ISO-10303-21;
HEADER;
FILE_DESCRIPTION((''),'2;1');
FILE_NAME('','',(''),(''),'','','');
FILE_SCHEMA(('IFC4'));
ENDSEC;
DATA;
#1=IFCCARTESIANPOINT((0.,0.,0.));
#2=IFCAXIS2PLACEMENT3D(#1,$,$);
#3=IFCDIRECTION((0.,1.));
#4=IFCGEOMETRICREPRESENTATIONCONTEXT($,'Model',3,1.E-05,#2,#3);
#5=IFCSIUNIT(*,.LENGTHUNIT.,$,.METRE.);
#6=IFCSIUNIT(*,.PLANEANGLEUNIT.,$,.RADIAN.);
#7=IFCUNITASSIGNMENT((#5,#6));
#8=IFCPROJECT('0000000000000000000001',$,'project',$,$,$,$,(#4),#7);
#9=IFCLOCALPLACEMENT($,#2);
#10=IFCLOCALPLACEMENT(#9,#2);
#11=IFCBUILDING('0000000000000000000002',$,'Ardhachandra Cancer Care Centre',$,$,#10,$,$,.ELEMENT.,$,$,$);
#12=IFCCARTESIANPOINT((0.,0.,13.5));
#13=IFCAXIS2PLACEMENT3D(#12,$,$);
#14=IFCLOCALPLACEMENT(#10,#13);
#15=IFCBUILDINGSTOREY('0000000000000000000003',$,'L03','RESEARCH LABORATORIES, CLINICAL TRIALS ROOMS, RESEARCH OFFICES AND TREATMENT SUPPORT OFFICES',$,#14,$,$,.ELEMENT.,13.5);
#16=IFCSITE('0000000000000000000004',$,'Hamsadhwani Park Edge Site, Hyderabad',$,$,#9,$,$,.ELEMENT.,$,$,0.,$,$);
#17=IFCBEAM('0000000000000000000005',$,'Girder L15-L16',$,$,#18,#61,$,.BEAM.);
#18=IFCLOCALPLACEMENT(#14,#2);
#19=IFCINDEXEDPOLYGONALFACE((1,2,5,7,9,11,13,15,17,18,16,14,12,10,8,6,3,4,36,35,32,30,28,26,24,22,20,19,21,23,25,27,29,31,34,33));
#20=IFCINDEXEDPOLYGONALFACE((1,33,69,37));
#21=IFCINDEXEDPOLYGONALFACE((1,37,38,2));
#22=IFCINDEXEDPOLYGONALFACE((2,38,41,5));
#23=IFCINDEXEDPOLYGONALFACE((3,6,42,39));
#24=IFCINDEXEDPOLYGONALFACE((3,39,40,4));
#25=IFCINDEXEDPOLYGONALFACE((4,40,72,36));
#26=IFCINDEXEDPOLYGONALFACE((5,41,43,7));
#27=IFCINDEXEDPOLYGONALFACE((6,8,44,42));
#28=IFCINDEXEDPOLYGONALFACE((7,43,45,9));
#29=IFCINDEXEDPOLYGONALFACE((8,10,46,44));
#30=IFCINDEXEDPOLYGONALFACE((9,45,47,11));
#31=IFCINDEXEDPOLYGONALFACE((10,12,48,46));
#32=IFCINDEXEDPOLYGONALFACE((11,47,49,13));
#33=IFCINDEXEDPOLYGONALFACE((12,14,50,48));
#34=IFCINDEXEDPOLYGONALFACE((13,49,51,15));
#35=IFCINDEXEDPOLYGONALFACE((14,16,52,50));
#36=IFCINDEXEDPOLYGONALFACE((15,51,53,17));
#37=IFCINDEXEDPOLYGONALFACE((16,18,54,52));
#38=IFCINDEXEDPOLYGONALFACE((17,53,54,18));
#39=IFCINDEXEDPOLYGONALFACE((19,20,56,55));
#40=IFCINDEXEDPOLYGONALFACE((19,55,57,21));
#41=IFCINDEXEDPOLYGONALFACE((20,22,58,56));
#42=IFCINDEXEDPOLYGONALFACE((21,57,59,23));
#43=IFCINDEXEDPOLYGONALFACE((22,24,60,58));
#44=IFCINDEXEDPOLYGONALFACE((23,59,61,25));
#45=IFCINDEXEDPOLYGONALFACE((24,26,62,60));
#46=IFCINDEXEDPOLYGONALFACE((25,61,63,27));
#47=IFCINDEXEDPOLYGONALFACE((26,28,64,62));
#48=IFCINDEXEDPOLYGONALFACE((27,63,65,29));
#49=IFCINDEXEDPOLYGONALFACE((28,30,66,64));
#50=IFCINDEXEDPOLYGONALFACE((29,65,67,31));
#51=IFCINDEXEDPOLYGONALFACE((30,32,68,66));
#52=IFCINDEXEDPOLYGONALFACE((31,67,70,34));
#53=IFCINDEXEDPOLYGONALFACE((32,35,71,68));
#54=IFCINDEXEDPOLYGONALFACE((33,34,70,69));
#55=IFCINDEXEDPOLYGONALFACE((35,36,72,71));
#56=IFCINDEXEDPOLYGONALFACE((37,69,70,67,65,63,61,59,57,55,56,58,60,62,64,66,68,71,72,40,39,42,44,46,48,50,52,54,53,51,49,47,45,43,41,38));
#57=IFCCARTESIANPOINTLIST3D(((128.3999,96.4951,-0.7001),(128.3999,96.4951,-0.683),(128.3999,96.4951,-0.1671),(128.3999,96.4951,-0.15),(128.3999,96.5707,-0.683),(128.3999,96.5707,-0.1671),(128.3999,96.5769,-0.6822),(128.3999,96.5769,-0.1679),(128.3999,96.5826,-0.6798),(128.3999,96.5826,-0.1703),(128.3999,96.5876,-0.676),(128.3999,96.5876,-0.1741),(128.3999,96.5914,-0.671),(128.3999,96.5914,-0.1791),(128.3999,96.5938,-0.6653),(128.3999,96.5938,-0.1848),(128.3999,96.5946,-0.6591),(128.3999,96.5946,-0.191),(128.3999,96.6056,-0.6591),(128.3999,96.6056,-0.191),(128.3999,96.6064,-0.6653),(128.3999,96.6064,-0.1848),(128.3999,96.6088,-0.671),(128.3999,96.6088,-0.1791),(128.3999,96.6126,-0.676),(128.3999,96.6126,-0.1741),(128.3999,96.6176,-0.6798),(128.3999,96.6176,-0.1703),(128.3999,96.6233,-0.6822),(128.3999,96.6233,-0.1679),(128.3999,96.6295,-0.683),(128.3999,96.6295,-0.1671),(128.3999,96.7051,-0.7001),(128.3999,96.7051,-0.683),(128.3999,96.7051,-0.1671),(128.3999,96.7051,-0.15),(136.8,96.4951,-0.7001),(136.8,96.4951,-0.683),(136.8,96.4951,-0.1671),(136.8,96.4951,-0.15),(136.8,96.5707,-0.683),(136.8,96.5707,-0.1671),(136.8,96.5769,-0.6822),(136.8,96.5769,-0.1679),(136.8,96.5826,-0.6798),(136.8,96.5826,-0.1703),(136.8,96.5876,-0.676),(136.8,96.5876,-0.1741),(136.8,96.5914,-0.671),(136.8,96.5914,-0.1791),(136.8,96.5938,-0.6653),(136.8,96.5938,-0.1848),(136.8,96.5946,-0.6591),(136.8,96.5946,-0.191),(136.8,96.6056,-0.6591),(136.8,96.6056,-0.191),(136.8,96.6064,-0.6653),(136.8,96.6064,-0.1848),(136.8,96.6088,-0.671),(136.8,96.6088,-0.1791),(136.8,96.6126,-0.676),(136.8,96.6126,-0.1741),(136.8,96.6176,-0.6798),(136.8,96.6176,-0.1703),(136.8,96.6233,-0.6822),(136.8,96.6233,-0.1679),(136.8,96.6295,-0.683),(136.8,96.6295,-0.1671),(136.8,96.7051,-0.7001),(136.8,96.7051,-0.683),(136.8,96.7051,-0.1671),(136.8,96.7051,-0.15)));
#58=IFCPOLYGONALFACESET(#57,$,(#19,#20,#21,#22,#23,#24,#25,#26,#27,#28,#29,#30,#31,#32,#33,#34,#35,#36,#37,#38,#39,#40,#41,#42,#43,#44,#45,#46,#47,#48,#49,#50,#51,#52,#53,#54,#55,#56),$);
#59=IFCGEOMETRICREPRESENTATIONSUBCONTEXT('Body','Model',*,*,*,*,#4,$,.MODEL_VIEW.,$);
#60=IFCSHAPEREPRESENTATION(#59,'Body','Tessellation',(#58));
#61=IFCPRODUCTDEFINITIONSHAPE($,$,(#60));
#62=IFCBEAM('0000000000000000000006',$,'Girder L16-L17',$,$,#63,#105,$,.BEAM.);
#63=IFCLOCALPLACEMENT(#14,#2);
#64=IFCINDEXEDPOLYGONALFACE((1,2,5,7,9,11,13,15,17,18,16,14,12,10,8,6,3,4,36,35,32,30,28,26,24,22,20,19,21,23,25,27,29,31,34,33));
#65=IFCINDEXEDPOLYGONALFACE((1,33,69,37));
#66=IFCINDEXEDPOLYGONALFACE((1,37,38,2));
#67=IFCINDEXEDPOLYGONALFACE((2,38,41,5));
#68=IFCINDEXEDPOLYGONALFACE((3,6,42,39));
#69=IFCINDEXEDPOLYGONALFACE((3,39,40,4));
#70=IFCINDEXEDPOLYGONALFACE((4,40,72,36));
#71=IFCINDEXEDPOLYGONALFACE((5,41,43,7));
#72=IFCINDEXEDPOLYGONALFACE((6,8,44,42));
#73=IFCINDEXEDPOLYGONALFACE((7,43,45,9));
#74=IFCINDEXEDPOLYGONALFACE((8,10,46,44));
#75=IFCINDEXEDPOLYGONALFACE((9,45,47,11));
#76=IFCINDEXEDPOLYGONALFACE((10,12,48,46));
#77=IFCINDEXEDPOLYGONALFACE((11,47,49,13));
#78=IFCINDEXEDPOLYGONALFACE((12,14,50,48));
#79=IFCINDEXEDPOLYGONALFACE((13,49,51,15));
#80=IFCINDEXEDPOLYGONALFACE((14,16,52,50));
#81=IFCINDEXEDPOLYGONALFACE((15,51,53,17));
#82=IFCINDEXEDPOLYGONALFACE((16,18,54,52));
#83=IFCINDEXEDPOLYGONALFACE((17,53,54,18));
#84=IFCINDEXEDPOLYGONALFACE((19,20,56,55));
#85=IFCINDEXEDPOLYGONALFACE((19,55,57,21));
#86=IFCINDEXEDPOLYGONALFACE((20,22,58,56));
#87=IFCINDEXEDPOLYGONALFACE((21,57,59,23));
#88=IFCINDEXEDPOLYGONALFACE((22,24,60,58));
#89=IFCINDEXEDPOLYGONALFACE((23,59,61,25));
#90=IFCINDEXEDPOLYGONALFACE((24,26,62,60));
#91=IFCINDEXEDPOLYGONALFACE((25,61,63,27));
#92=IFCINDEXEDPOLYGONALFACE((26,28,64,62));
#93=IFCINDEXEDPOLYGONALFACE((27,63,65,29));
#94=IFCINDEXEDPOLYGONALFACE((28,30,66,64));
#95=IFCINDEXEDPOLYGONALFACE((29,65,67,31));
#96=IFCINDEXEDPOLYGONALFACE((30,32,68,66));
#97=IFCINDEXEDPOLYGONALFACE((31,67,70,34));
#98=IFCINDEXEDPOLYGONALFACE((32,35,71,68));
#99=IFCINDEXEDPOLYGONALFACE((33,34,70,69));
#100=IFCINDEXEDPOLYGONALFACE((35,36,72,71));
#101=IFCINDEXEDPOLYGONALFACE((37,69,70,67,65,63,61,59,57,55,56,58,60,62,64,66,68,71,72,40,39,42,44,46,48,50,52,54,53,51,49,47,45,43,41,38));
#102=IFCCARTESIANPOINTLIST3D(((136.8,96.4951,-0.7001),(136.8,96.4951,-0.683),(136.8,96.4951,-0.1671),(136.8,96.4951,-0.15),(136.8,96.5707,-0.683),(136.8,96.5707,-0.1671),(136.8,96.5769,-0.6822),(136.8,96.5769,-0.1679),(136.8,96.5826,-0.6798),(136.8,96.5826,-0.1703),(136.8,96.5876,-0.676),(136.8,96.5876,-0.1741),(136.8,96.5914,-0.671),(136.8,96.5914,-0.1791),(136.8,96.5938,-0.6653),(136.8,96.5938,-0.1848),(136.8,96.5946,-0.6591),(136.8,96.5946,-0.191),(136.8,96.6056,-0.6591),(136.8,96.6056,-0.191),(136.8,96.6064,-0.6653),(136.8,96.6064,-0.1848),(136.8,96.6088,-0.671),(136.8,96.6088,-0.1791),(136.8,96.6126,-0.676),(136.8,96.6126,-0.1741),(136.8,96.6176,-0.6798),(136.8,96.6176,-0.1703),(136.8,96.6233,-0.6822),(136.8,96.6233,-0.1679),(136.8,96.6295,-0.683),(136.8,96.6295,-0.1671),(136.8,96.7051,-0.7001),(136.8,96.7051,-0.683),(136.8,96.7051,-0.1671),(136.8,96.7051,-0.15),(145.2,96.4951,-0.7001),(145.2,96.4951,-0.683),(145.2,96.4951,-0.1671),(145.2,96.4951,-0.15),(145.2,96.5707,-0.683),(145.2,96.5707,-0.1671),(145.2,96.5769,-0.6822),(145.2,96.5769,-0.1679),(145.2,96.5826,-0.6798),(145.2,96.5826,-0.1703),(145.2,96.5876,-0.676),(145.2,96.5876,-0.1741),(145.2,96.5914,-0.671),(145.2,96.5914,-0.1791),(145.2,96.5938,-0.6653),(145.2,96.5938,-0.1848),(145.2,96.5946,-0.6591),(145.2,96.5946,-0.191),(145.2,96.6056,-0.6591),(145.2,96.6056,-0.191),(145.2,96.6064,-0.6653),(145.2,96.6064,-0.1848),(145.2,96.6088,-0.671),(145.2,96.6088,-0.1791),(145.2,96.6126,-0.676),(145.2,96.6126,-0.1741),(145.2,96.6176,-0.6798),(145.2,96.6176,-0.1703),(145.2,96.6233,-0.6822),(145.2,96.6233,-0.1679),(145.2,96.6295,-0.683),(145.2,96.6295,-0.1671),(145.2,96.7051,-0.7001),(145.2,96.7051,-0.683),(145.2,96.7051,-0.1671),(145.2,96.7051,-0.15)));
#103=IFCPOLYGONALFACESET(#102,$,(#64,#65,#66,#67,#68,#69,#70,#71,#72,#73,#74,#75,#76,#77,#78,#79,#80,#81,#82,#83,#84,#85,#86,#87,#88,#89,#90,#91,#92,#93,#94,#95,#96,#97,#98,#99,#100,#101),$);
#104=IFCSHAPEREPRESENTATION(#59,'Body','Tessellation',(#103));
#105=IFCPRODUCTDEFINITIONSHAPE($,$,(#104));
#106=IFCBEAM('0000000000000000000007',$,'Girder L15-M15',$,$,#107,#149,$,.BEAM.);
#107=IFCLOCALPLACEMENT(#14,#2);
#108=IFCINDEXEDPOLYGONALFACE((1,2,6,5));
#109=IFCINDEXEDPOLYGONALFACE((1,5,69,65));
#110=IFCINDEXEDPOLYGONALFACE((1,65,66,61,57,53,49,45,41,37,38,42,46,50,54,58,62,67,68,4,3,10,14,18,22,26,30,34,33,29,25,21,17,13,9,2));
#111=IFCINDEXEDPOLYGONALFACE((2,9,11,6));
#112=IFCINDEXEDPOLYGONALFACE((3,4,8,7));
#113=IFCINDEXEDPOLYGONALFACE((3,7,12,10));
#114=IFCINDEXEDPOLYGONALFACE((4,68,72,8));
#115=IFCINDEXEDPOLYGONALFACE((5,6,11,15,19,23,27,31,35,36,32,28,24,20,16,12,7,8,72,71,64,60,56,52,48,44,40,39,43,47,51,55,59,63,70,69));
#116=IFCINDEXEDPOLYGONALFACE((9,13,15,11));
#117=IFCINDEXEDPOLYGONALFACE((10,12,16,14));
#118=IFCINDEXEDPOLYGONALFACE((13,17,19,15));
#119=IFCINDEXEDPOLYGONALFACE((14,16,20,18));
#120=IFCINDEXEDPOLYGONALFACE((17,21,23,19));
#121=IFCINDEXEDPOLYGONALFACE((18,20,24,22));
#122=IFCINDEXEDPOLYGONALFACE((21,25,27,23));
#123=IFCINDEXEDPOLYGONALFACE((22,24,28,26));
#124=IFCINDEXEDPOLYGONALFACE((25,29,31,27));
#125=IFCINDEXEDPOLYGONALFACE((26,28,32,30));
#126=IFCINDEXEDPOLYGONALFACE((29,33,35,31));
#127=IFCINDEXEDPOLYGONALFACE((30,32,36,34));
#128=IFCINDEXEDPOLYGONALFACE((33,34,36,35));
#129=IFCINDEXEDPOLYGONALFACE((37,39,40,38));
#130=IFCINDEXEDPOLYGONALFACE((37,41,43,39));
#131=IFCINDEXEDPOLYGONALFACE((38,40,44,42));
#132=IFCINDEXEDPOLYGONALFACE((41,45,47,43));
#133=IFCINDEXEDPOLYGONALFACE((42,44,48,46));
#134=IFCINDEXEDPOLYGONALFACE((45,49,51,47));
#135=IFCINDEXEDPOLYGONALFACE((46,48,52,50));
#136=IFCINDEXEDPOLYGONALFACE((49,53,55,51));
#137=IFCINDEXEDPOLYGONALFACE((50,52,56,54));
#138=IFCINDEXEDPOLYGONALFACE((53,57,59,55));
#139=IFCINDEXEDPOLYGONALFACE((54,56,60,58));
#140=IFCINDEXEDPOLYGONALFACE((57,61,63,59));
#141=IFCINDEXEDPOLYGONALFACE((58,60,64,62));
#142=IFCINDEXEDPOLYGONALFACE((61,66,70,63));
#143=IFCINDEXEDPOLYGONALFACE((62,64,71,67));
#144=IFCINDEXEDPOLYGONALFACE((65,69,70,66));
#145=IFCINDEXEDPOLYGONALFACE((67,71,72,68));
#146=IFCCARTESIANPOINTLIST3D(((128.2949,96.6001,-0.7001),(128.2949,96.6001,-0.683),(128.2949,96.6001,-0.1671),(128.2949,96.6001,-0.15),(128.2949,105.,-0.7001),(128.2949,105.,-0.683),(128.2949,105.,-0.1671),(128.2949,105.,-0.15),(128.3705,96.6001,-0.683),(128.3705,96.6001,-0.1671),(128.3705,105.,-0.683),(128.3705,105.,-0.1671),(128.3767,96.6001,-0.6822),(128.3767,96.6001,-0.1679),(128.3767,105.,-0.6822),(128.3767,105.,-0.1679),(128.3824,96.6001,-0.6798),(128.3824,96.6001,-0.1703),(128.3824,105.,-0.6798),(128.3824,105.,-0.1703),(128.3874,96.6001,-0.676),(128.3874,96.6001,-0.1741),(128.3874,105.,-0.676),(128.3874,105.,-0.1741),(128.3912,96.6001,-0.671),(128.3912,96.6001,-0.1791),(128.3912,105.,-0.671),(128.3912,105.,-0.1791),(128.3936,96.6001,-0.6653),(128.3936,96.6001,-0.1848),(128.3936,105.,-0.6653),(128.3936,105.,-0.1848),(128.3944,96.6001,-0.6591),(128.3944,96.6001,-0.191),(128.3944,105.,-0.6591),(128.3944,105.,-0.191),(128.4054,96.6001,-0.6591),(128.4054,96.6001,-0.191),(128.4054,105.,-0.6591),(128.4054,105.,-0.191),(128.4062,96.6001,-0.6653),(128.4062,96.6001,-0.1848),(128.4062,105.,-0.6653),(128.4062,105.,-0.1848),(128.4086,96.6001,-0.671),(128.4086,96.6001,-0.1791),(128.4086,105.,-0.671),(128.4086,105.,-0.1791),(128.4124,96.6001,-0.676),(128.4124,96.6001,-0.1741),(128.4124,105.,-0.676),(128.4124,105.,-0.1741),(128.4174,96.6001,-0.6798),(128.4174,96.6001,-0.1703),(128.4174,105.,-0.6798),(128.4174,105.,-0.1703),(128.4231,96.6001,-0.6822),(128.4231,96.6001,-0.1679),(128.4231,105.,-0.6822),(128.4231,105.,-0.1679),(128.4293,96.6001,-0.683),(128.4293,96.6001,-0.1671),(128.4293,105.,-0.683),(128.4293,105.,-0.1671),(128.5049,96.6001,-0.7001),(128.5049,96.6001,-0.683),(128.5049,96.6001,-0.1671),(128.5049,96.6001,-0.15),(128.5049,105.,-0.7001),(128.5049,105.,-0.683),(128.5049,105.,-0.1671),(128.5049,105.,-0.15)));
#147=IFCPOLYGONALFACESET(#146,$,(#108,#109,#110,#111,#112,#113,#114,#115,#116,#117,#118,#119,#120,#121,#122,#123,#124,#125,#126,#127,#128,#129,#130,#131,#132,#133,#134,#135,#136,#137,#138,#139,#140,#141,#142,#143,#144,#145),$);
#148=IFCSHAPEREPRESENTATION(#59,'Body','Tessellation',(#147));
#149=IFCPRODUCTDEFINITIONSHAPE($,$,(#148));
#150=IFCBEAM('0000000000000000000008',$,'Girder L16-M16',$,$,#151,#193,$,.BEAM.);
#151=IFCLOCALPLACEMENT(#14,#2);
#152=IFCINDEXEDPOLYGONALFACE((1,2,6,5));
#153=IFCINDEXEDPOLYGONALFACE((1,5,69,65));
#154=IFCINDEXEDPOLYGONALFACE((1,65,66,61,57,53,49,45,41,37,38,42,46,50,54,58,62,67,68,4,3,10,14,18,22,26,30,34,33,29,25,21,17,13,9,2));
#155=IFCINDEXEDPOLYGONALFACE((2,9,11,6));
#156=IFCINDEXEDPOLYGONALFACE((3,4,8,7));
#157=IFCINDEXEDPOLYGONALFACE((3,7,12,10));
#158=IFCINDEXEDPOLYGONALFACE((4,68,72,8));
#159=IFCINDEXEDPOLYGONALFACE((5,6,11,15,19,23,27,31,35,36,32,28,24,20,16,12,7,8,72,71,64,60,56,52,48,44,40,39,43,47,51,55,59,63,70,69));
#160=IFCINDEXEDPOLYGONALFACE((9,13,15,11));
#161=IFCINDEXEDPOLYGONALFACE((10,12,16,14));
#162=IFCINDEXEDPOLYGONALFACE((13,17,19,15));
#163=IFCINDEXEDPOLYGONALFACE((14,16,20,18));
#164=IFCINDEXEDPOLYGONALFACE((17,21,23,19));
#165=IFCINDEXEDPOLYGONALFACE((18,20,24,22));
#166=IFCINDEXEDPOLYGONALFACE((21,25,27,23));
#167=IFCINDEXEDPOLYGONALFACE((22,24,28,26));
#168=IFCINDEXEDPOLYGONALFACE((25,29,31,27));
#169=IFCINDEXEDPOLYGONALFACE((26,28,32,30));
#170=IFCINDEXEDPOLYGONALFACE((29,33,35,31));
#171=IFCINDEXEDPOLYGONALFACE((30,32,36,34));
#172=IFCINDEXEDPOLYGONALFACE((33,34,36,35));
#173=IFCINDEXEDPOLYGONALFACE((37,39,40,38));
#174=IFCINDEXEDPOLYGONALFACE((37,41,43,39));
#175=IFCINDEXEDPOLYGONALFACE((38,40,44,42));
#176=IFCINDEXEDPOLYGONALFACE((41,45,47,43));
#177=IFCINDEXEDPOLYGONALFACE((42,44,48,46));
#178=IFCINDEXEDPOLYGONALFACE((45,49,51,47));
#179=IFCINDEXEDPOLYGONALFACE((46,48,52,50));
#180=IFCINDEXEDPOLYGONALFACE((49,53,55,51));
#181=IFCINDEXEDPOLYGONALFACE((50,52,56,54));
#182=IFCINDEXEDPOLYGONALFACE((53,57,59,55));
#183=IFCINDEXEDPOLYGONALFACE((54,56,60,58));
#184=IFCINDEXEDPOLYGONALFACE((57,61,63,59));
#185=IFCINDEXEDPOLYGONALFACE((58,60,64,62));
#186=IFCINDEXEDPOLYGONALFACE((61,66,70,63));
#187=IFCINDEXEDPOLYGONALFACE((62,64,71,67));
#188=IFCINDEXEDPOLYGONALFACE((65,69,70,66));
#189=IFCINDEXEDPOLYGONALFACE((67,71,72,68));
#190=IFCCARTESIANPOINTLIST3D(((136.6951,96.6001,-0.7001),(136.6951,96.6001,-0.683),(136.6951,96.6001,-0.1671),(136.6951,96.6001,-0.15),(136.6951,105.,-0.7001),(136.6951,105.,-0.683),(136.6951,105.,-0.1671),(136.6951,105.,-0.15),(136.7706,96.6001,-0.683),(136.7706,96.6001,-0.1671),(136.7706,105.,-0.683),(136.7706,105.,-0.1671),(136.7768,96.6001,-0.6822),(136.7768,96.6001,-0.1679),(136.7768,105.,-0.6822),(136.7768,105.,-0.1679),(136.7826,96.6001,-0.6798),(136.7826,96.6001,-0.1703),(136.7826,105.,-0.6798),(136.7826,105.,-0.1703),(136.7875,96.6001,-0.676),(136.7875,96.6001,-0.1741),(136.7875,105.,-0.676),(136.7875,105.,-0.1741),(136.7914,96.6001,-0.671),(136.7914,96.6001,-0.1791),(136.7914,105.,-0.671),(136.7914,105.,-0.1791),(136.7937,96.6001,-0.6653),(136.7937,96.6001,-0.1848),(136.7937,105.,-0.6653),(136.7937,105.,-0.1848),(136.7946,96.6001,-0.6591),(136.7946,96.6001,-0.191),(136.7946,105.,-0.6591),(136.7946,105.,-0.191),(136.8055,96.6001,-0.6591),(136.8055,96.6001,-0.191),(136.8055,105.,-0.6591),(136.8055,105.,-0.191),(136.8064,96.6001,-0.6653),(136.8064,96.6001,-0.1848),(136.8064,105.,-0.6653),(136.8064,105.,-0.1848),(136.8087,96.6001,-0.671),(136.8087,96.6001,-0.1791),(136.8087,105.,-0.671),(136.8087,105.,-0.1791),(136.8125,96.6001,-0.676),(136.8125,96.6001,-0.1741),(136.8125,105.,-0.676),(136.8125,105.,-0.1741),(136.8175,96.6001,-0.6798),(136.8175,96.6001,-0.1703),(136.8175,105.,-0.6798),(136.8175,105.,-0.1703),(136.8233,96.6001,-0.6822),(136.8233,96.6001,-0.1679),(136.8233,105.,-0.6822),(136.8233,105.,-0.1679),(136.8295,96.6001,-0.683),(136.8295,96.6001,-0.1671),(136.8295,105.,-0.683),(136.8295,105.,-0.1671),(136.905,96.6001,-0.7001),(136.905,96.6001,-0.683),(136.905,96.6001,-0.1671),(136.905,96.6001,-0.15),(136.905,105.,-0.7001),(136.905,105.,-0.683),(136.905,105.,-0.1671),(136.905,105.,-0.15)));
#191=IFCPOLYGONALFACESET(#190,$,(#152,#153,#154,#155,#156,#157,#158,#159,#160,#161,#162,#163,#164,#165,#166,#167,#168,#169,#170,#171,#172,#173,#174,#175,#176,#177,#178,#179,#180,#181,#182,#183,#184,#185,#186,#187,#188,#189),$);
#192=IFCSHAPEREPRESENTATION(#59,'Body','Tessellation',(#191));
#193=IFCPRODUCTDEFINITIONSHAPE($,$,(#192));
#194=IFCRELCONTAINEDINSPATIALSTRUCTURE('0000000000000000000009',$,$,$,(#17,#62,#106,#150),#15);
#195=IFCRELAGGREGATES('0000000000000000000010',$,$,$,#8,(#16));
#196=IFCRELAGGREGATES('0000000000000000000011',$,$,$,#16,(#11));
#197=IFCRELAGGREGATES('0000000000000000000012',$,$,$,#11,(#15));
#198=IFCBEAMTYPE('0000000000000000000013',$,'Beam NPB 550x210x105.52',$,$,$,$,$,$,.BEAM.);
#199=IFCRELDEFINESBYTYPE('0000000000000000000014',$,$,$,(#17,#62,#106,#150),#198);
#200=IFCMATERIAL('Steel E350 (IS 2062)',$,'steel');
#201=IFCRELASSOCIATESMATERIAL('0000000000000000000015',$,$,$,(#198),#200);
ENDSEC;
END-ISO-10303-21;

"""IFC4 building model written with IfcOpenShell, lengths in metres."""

from ifc_helpers import new_model, si_unit, direction, frame, origin, origin_2d, place, context, subcontext, project, spatial, i_section, extrude, material, material_profile, profile_set, type_object, element, save


model = new_model("IFC4")

# Units and contexts
model_context = context("Model", 3, precision=1e-05, world=origin(), true_north=direction((0.0, 1.0)))
body_context = subcontext(model_context, "Body", "Model", "MODEL_VIEW")
ifc_project = project(units=[si_unit("LENGTHUNIT", "METRE"), si_unit("PLANEANGLEUNIT", "RADIAN")], contexts=[model_context])

# Site, building, storey
site_placement = place(None, origin())
site = spatial("IfcSite", under=ifc_project, at=site_placement, Name="Hamsadhwani Park Edge Site, Hyderabad", CompositionType="ELEMENT", RefElevation=0.0)
building_placement = place(site_placement, origin())
building = spatial("IfcBuilding", under=site, at=building_placement, Name="Ardhachandra Cancer Care Centre", CompositionType="ELEMENT")
storey_placement = place(building_placement, frame((0.0, 0.0, 13.5)))
storey = spatial("IfcBuildingStorey", under=building, at=storey_placement, Name="L03", Description="RESEARCH LABORATORIES, CLINICAL TRIALS ROOMS, RESEARCH OFFICES AND TREATMENT SUPPORT OFFICES", CompositionType="ELEMENT", Elevation=13.5)

# Beams
ifc_material_1 = material(Name="Steel E350 (IS 2062)", Category="steel")
ifc_material_profile_1 = material_profile(ifc_material_1, i_section(OverallWidth=0.21, OverallDepth=0.55, WebThickness=0.011, FlangeThickness=0.0171, FilletRadius=0.0239, at=origin_2d()), Name="NPB 550x210x105.52")
ifc_profile_set_1 = profile_set([ifc_material_profile_1], Name="Steel E350 (IS 2062)")
beam_type_1 = type_object("IfcBeamType", Name="Beam NPB 550x210x105.52", PredefinedType="BEAM", material=ifc_profile_set_1)
beam_1_placement = place(storey_placement, frame((128.3999, 96.6001, -0.425), z_axis=(1.0, 0.0, 0.0), x_axis=(0.0, 1.0, 0.0)))
element("IfcBeam", 1, at=beam_1_placement, inside=storey, type_object=beam_type_1, Name="Girder L15-L16", PredefinedType="BEAM", context=body_context, shape_type="SweptSolid", body=[
    extrude(i_section(OverallWidth=0.21, OverallDepth=0.55, WebThickness=0.011, FlangeThickness=0.0171, FilletRadius=0.0239, at=origin_2d()), origin(), (0.0, 0.0, 1.0), 8.4001),
])
for number, where, z_axis, x_axis, name in (
    (2, (136.8, 96.6001, -0.425), (1.0, 0.0, 0.0), (0.0, 1.0, 0.0), "Girder L16-L17"),
    (3, (128.3999, 96.6001, -0.425), (0.0, 1.0, 0.0), (-1.0, 0.0, 0.0), "Girder L15-M15"),
    (4, (136.8, 96.6001, -0.425), (0.0, 1.0, 0.0), (-1.0, 0.0, 0.0), "Girder L16-M16"),
):
    element("IfcBeam", number, at=place(storey_placement, frame(where, z_axis=z_axis, x_axis=x_axis)), inside=storey, type_object=beam_type_1, Name=name, PredefinedType="BEAM", context=body_context, shape_type="SweptSolid", body=[
        extrude(i_section(OverallWidth=0.21, OverallDepth=0.55, WebThickness=0.011, FlangeThickness=0.0171, FilletRadius=0.0239, at=origin_2d()), origin(), (0.0, 0.0, 1.0), 8.3999),
    ])

save(model, "model.ifc")
